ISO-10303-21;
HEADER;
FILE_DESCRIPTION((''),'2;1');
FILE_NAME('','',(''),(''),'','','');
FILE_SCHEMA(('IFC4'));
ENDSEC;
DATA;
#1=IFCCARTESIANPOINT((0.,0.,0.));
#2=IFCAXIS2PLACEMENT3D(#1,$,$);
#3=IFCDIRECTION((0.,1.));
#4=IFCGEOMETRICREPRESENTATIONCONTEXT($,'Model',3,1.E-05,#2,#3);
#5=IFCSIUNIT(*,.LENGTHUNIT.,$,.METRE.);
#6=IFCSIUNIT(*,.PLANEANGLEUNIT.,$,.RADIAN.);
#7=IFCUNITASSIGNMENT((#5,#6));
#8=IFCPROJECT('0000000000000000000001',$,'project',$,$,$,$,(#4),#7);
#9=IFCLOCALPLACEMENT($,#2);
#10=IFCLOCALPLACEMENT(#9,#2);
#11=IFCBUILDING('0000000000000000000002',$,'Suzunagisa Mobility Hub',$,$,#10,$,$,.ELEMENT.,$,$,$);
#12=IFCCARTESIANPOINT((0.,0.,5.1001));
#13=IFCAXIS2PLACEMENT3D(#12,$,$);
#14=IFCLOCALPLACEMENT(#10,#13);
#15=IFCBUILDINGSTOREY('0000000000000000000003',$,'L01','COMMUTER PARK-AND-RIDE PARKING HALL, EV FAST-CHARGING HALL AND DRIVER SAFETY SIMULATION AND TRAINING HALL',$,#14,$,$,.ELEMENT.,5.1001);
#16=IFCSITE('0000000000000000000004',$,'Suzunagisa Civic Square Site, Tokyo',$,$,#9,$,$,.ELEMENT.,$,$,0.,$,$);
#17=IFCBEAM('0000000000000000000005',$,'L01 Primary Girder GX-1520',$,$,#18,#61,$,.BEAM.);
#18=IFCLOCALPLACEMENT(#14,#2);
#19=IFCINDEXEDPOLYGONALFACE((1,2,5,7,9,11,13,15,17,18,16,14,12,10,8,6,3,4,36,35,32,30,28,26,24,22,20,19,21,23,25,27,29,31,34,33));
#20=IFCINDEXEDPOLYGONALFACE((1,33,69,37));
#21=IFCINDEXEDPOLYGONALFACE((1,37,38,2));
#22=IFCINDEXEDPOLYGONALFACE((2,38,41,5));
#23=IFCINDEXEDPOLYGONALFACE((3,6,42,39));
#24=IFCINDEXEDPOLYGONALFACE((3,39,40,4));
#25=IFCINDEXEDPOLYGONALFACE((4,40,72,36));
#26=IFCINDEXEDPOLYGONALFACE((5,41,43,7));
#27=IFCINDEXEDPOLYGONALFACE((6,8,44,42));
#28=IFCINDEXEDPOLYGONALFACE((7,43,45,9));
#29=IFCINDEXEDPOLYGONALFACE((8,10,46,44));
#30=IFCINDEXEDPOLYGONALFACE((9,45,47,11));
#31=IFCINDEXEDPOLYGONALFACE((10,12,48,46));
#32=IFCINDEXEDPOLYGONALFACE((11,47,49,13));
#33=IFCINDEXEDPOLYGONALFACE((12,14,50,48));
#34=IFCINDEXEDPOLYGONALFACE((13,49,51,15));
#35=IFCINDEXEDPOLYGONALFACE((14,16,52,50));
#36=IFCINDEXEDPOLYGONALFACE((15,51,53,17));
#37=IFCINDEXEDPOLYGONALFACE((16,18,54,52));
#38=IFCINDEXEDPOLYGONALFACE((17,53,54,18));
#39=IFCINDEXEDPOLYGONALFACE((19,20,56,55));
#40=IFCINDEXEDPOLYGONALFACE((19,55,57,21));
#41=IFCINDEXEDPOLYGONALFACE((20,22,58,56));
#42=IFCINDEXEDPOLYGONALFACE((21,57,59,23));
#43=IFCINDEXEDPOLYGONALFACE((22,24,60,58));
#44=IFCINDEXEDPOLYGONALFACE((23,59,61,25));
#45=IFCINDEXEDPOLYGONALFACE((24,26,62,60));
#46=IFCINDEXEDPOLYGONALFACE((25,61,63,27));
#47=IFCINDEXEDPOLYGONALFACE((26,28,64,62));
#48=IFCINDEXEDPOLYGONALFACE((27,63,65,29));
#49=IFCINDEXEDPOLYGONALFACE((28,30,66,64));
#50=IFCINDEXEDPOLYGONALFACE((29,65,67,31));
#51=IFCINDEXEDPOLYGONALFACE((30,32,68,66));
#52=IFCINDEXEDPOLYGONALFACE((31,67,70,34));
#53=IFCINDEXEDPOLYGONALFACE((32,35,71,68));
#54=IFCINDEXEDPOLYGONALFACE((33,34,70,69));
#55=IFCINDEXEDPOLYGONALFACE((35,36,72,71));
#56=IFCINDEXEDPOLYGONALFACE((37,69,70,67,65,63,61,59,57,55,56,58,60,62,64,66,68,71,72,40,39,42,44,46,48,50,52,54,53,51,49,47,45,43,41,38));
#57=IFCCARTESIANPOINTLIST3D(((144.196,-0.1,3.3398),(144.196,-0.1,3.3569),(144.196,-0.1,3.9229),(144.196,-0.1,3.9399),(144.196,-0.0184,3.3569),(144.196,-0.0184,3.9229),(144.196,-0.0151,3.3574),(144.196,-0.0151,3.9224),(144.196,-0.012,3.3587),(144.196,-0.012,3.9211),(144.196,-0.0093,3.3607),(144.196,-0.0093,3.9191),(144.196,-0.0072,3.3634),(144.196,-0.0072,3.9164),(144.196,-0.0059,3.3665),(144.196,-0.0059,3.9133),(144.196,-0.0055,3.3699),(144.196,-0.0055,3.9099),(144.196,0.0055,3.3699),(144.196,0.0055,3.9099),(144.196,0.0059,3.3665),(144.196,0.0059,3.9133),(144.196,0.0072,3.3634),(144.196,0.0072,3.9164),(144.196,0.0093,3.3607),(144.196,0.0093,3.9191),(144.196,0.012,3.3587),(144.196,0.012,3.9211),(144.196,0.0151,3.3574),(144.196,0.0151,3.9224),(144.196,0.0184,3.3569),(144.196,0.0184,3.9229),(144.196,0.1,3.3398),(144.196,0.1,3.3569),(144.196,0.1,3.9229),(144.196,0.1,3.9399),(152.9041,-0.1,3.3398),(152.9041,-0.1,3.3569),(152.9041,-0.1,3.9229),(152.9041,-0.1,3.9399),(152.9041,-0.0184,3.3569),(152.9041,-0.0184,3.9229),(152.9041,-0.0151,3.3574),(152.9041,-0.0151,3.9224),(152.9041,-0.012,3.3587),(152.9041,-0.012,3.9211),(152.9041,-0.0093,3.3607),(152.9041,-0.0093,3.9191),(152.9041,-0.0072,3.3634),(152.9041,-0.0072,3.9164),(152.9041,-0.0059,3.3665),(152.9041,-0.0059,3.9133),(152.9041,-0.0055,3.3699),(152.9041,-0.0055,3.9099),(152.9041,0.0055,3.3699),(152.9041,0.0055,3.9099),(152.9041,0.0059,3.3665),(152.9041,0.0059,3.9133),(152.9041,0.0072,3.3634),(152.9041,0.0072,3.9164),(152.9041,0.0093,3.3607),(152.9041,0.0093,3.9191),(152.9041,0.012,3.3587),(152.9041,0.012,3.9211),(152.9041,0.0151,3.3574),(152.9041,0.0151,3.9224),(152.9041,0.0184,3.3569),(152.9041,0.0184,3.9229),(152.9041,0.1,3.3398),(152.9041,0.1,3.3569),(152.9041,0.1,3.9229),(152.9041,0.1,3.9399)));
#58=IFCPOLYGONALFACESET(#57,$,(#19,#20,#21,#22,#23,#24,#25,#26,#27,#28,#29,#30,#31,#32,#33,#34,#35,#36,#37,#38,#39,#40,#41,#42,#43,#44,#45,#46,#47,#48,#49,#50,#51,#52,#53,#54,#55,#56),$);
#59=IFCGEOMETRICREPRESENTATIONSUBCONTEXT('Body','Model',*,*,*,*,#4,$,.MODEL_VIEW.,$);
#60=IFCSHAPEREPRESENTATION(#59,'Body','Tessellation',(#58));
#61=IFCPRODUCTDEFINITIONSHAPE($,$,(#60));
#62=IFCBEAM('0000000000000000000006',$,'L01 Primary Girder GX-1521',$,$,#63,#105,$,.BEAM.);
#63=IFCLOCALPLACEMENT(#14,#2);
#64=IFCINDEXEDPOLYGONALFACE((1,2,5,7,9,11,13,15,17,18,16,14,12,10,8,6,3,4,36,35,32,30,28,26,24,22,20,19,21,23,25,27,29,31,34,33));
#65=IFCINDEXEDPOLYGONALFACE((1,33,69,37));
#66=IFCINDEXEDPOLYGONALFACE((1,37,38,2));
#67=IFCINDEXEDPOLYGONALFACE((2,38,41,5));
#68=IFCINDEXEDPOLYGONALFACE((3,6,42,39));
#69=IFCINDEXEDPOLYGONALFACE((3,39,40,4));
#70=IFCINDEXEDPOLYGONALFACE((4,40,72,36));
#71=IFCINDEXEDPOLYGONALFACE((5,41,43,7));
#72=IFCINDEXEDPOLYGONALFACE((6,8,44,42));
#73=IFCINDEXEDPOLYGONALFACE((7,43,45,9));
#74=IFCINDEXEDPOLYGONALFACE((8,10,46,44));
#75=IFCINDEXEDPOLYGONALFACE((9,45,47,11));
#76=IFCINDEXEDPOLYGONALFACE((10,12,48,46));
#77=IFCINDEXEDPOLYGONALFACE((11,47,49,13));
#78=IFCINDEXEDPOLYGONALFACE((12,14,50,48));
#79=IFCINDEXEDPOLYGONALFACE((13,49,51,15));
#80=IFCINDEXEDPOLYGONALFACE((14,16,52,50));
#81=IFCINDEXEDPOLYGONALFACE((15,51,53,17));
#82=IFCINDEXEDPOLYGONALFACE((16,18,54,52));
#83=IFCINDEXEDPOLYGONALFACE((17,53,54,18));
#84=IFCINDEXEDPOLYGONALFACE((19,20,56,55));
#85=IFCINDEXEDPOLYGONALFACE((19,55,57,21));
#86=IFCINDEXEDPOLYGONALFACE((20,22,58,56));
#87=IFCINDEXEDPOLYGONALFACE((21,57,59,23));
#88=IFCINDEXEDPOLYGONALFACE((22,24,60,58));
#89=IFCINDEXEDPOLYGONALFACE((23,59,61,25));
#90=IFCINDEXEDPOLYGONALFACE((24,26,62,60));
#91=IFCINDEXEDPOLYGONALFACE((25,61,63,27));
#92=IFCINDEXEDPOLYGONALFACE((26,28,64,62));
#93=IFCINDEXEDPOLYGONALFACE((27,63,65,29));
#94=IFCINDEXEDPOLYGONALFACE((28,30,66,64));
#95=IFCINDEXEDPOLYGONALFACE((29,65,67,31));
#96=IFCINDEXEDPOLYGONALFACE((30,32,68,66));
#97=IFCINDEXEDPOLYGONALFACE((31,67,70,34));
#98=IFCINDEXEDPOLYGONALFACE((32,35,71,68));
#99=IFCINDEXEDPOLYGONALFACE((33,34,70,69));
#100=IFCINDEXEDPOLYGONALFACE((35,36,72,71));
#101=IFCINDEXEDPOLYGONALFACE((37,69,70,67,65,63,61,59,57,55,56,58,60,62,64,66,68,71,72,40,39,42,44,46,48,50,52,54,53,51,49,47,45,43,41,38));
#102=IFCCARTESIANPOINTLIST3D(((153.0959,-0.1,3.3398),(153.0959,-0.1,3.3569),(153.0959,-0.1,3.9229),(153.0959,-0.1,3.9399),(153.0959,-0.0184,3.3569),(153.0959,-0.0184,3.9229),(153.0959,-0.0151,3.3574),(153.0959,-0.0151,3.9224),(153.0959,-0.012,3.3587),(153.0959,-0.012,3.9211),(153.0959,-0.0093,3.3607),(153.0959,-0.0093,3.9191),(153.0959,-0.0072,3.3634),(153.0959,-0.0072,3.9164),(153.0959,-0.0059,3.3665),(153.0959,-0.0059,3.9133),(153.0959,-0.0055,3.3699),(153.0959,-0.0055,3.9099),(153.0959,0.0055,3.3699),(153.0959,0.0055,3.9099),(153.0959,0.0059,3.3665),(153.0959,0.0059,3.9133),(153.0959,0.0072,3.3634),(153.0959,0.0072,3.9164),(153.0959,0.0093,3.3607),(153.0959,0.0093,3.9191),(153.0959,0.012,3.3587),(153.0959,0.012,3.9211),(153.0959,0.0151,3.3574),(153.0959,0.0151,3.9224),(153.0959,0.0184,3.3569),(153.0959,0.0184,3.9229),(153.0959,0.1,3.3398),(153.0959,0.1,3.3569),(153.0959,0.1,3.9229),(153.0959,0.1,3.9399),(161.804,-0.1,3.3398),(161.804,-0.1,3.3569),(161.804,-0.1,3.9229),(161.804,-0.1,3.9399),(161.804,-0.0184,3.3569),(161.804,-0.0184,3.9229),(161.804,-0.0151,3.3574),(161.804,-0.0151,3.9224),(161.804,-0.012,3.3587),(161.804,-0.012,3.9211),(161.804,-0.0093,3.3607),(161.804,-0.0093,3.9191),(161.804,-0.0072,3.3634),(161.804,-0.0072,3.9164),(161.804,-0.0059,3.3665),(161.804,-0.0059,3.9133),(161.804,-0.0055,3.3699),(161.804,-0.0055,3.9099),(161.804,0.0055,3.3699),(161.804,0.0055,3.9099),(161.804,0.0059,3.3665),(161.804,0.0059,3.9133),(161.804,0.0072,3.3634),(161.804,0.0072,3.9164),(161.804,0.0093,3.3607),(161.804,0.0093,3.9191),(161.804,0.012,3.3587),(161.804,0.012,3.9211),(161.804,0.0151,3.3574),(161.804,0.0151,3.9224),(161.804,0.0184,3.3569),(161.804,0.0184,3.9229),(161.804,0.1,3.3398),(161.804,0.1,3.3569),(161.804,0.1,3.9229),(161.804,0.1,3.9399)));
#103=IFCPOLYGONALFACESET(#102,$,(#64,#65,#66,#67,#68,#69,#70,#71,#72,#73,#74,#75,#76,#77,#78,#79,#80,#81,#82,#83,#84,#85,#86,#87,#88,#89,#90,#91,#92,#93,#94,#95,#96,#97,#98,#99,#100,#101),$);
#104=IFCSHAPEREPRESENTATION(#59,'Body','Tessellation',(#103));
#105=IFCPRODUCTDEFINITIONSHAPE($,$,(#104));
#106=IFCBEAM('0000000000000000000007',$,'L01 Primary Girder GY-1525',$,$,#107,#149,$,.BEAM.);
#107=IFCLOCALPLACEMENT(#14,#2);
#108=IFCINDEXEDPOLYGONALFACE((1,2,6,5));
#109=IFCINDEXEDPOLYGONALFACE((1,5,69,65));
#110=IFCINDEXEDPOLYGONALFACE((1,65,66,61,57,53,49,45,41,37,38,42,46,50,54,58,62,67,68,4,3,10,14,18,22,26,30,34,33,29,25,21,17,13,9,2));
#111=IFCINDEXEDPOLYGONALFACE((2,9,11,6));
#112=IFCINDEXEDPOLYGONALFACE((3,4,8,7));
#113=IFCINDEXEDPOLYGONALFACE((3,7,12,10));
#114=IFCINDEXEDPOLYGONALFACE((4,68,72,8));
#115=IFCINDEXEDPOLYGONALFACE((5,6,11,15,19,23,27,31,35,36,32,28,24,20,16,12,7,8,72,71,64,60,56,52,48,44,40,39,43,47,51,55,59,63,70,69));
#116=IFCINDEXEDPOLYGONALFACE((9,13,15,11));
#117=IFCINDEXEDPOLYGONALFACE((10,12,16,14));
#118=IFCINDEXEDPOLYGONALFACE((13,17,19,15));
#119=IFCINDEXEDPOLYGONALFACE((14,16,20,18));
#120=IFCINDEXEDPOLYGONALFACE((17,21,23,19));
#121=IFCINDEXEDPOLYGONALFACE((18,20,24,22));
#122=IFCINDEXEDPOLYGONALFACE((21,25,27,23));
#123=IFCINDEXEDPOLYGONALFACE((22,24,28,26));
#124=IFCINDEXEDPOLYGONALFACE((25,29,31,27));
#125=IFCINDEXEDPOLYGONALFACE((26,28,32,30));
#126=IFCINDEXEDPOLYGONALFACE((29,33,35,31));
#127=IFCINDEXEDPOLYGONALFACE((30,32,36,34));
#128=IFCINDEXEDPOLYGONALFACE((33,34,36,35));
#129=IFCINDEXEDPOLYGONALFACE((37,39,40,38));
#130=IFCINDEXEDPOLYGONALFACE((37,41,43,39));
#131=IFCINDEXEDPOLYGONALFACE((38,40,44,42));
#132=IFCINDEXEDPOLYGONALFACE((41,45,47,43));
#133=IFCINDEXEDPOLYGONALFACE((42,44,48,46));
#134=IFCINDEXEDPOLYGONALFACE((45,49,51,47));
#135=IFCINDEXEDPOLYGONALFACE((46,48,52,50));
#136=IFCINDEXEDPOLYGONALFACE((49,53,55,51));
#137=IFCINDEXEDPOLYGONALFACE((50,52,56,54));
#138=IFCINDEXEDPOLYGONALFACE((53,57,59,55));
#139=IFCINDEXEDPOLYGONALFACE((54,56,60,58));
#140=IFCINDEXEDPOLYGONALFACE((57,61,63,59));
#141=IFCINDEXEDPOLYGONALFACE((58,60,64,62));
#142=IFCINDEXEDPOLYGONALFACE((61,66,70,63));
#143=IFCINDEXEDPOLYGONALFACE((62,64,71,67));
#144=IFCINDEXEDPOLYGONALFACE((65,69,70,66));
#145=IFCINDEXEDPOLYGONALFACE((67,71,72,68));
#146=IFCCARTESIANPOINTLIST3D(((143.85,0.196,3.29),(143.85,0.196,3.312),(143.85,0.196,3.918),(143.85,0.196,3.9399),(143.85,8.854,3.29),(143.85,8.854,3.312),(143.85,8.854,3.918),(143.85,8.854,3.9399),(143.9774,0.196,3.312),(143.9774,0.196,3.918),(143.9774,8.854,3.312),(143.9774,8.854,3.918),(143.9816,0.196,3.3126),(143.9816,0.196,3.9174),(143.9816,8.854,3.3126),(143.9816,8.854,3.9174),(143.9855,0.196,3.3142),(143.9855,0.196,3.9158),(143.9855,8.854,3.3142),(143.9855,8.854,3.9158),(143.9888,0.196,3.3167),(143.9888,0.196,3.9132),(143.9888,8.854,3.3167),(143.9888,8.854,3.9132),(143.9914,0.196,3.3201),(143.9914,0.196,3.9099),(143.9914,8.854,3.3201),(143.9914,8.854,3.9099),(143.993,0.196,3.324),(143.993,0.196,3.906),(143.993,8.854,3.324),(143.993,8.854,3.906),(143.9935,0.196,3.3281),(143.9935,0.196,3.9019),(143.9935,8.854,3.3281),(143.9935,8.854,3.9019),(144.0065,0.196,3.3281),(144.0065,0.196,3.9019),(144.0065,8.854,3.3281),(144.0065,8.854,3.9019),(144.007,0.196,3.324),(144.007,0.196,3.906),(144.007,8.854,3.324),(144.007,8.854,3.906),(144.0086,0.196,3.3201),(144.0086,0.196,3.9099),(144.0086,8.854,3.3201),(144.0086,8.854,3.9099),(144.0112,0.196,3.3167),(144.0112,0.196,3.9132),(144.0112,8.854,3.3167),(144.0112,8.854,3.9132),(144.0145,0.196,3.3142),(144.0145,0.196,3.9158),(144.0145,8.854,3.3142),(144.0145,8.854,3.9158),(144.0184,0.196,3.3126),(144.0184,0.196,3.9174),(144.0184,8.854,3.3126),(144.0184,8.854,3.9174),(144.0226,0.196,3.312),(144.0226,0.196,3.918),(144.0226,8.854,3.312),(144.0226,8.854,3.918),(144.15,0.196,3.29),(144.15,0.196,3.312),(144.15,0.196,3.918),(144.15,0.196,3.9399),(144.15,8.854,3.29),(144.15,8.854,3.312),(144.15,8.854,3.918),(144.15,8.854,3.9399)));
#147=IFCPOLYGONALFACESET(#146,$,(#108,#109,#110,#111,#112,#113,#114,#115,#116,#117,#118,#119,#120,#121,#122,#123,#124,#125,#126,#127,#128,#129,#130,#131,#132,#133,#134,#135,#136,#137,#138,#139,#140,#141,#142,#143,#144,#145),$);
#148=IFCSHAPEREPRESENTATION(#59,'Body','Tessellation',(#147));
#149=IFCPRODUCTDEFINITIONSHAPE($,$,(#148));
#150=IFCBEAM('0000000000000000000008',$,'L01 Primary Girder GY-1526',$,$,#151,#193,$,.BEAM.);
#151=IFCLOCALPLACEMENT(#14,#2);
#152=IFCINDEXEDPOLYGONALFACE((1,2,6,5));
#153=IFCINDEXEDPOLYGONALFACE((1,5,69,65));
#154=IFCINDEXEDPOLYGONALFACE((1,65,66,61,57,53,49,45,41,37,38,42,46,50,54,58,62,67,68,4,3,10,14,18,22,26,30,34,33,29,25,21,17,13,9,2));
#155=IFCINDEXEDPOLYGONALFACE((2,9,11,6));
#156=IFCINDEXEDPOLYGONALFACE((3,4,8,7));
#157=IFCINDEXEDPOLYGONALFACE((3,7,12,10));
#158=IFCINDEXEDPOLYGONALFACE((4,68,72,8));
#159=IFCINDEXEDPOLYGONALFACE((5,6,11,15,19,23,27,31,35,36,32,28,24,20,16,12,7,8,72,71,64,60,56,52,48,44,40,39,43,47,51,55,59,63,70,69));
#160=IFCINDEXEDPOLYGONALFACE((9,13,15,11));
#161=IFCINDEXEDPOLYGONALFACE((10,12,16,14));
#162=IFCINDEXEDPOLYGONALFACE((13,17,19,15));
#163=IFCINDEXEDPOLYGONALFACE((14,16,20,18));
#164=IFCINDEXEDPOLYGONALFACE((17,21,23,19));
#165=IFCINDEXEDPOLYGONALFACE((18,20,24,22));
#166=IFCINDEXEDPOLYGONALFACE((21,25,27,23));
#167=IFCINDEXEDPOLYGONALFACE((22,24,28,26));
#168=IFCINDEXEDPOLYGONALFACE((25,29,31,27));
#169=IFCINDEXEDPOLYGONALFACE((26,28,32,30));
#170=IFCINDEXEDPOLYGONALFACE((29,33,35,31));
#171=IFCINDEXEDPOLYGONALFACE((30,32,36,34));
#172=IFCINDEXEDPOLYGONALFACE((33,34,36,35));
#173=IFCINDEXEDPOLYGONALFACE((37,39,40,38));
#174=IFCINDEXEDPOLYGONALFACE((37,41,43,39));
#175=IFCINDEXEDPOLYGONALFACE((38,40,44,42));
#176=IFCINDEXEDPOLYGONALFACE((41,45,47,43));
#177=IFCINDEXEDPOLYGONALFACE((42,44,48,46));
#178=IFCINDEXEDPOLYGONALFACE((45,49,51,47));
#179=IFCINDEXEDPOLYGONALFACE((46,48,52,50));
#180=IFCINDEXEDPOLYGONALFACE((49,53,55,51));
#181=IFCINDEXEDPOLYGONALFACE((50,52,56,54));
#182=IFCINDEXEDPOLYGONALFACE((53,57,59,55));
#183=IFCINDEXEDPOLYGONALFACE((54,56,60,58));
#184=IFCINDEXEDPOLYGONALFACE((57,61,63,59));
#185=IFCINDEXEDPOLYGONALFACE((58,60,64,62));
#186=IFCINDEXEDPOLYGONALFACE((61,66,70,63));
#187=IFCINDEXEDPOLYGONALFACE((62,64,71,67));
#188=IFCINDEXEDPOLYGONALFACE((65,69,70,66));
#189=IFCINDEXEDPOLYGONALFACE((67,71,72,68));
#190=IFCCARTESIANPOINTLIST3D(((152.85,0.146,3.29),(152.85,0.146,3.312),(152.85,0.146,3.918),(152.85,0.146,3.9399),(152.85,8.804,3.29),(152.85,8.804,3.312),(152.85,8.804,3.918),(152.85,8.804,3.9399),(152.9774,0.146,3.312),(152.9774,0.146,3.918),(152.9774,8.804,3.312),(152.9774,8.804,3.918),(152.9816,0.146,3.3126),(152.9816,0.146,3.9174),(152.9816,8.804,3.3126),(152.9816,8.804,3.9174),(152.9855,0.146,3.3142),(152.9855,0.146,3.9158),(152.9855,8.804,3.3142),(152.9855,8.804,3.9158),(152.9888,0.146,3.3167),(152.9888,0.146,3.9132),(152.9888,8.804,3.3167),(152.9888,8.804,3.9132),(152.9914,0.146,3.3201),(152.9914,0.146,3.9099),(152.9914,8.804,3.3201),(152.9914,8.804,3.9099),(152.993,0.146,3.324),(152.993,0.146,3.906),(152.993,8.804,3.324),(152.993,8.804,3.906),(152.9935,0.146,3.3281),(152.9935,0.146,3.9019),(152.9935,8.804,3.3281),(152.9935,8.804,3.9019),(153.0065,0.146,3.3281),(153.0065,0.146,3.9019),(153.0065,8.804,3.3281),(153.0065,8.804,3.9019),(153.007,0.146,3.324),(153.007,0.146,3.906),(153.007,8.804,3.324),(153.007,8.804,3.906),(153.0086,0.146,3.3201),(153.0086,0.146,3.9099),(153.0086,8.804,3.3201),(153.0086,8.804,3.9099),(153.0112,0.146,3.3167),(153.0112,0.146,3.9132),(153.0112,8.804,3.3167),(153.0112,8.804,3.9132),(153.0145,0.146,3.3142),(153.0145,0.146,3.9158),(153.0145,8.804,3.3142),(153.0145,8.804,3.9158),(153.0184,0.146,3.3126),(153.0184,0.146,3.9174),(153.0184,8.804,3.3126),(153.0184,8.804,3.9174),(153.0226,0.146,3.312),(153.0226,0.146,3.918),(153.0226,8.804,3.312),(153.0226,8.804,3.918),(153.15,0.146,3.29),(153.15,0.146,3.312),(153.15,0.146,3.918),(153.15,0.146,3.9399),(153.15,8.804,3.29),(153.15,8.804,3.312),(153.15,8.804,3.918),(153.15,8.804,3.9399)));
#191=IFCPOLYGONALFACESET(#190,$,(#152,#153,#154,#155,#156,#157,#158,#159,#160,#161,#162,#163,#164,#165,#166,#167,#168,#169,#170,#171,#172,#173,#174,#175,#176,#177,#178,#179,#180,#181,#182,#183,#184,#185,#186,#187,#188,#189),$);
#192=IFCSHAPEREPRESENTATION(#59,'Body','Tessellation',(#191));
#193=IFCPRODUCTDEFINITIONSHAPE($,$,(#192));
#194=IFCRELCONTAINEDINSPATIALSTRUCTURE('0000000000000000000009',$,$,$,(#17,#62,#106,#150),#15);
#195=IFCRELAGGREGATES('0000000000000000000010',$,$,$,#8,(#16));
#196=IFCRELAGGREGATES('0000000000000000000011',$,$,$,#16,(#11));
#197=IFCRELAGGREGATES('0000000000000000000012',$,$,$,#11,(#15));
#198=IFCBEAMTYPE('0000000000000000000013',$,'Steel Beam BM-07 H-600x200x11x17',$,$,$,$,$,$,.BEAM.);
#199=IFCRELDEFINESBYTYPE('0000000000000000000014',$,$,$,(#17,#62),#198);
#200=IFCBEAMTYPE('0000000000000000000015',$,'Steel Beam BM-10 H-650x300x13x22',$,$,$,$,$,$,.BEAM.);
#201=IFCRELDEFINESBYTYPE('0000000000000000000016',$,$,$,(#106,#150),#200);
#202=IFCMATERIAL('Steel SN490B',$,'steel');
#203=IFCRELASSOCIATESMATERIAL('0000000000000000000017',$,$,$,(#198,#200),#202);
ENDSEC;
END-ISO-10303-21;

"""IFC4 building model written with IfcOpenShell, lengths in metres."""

from ifc_helpers import new_model, si_unit, direction, frame, origin, origin_2d, place, context, subcontext, project, spatial, i_section, extrude, material, material_profile, profile_set, type_object, element, save


model = new_model("IFC4")

# Units and contexts
model_context = context("Model", 3, precision=1e-05, world=origin(), true_north=direction((0.0, 1.0)))
body_context = subcontext(model_context, "Body", "Model", "MODEL_VIEW")
ifc_project = project(units=[si_unit("LENGTHUNIT", "METRE"), si_unit("PLANEANGLEUNIT", "RADIAN")], contexts=[model_context])

# Site, building, storey
site_placement = place(None, origin())
site = spatial("IfcSite", under=ifc_project, at=site_placement, Name="Suzunagisa Civic Square Site, Tokyo", CompositionType="ELEMENT", RefElevation=0.0)
building_placement = place(site_placement, origin())
building = spatial("IfcBuilding", under=site, at=building_placement, Name="Suzunagisa Mobility Hub", CompositionType="ELEMENT")
storey_placement = place(building_placement, frame((0.0, 0.0, 5.1001)))
storey = spatial("IfcBuildingStorey", under=building, at=storey_placement, Name="L01", Description="COMMUTER PARK-AND-RIDE PARKING HALL, EV FAST-CHARGING HALL AND DRIVER SAFETY SIMULATION AND TRAINING HALL", CompositionType="ELEMENT", Elevation=5.1001)

# Shared definitions
ifc_material_1 = material(Name="Steel SN490B", Category="steel")

# Beams
ifc_material_profile_1 = material_profile(ifc_material_1, i_section(OverallWidth=0.2, OverallDepth=0.6001, WebThickness=0.011, FlangeThickness=0.0171, FilletRadius=0.0129, at=origin_2d()), Name="H-600x200x11x17")
ifc_profile_set_1 = profile_set([ifc_material_profile_1], Name="Steel SN490B")
beam_type_1 = type_object("IfcBeamType", Name="Steel Beam BM-07 H-600x200x11x17", PredefinedType="BEAM", material=ifc_profile_set_1)
for number, where, z_axis, x_axis, name in (
    (1, (144.196, 0.0, 3.6399), (1.0, 0.0, 0.0), (0.0, 1.0, 0.0), "L01 Primary Girder GX-1520"),
    (2, (153.0959, 0.0, 3.6399), (1.0, 0.0, 0.0), (0.0, 1.0, 0.0), "L01 Primary Girder GX-1521"),
):
    element("IfcBeam", number, at=place(storey_placement, frame(where, z_axis=z_axis, x_axis=x_axis)), inside=storey, type_object=beam_type_1, Name=name, PredefinedType="BEAM", context=body_context, shape_type="SweptSolid", body=[
        extrude(i_section(OverallWidth=0.2, OverallDepth=0.6001, WebThickness=0.011, FlangeThickness=0.0171, FilletRadius=0.0129, at=origin_2d()), origin(), (0.0, 0.0, 1.0), 8.708),
    ])
ifc_material_profile_2 = material_profile(ifc_material_1, i_section(OverallWidth=0.3, OverallDepth=0.6499, WebThickness=0.0129, FlangeThickness=0.022, FilletRadius=0.0161, at=origin_2d()), Name="H-650x300x13x22")
ifc_profile_set_2 = profile_set([ifc_material_profile_2], Name="Steel SN490B")
beam_type_2 = type_object("IfcBeamType", Name="Steel Beam BM-10 H-650x300x13x22", PredefinedType="BEAM", material=ifc_profile_set_2)
for number, where, z_axis, x_axis, name in (
    (3, (144.0, 0.196, 3.615), (0.0, 1.0, 0.0), (-1.0, 0.0, 0.0), "L01 Primary Girder GY-1525"),
    (4, (153.0, 0.146, 3.615), (0.0, 1.0, 0.0), (-1.0, 0.0, 0.0), "L01 Primary Girder GY-1526"),
):
    element("IfcBeam", number, at=place(storey_placement, frame(where, z_axis=z_axis, x_axis=x_axis)), inside=storey, type_object=beam_type_2, Name=name, PredefinedType="BEAM", context=body_context, shape_type="SweptSolid", body=[
        extrude(i_section(OverallWidth=0.3, OverallDepth=0.6499, WebThickness=0.0129, FlangeThickness=0.022, FilletRadius=0.0161, at=origin_2d()), origin(), (0.0, 0.0, 1.0), 8.658),
    ])

save(model, "model.ifc")
